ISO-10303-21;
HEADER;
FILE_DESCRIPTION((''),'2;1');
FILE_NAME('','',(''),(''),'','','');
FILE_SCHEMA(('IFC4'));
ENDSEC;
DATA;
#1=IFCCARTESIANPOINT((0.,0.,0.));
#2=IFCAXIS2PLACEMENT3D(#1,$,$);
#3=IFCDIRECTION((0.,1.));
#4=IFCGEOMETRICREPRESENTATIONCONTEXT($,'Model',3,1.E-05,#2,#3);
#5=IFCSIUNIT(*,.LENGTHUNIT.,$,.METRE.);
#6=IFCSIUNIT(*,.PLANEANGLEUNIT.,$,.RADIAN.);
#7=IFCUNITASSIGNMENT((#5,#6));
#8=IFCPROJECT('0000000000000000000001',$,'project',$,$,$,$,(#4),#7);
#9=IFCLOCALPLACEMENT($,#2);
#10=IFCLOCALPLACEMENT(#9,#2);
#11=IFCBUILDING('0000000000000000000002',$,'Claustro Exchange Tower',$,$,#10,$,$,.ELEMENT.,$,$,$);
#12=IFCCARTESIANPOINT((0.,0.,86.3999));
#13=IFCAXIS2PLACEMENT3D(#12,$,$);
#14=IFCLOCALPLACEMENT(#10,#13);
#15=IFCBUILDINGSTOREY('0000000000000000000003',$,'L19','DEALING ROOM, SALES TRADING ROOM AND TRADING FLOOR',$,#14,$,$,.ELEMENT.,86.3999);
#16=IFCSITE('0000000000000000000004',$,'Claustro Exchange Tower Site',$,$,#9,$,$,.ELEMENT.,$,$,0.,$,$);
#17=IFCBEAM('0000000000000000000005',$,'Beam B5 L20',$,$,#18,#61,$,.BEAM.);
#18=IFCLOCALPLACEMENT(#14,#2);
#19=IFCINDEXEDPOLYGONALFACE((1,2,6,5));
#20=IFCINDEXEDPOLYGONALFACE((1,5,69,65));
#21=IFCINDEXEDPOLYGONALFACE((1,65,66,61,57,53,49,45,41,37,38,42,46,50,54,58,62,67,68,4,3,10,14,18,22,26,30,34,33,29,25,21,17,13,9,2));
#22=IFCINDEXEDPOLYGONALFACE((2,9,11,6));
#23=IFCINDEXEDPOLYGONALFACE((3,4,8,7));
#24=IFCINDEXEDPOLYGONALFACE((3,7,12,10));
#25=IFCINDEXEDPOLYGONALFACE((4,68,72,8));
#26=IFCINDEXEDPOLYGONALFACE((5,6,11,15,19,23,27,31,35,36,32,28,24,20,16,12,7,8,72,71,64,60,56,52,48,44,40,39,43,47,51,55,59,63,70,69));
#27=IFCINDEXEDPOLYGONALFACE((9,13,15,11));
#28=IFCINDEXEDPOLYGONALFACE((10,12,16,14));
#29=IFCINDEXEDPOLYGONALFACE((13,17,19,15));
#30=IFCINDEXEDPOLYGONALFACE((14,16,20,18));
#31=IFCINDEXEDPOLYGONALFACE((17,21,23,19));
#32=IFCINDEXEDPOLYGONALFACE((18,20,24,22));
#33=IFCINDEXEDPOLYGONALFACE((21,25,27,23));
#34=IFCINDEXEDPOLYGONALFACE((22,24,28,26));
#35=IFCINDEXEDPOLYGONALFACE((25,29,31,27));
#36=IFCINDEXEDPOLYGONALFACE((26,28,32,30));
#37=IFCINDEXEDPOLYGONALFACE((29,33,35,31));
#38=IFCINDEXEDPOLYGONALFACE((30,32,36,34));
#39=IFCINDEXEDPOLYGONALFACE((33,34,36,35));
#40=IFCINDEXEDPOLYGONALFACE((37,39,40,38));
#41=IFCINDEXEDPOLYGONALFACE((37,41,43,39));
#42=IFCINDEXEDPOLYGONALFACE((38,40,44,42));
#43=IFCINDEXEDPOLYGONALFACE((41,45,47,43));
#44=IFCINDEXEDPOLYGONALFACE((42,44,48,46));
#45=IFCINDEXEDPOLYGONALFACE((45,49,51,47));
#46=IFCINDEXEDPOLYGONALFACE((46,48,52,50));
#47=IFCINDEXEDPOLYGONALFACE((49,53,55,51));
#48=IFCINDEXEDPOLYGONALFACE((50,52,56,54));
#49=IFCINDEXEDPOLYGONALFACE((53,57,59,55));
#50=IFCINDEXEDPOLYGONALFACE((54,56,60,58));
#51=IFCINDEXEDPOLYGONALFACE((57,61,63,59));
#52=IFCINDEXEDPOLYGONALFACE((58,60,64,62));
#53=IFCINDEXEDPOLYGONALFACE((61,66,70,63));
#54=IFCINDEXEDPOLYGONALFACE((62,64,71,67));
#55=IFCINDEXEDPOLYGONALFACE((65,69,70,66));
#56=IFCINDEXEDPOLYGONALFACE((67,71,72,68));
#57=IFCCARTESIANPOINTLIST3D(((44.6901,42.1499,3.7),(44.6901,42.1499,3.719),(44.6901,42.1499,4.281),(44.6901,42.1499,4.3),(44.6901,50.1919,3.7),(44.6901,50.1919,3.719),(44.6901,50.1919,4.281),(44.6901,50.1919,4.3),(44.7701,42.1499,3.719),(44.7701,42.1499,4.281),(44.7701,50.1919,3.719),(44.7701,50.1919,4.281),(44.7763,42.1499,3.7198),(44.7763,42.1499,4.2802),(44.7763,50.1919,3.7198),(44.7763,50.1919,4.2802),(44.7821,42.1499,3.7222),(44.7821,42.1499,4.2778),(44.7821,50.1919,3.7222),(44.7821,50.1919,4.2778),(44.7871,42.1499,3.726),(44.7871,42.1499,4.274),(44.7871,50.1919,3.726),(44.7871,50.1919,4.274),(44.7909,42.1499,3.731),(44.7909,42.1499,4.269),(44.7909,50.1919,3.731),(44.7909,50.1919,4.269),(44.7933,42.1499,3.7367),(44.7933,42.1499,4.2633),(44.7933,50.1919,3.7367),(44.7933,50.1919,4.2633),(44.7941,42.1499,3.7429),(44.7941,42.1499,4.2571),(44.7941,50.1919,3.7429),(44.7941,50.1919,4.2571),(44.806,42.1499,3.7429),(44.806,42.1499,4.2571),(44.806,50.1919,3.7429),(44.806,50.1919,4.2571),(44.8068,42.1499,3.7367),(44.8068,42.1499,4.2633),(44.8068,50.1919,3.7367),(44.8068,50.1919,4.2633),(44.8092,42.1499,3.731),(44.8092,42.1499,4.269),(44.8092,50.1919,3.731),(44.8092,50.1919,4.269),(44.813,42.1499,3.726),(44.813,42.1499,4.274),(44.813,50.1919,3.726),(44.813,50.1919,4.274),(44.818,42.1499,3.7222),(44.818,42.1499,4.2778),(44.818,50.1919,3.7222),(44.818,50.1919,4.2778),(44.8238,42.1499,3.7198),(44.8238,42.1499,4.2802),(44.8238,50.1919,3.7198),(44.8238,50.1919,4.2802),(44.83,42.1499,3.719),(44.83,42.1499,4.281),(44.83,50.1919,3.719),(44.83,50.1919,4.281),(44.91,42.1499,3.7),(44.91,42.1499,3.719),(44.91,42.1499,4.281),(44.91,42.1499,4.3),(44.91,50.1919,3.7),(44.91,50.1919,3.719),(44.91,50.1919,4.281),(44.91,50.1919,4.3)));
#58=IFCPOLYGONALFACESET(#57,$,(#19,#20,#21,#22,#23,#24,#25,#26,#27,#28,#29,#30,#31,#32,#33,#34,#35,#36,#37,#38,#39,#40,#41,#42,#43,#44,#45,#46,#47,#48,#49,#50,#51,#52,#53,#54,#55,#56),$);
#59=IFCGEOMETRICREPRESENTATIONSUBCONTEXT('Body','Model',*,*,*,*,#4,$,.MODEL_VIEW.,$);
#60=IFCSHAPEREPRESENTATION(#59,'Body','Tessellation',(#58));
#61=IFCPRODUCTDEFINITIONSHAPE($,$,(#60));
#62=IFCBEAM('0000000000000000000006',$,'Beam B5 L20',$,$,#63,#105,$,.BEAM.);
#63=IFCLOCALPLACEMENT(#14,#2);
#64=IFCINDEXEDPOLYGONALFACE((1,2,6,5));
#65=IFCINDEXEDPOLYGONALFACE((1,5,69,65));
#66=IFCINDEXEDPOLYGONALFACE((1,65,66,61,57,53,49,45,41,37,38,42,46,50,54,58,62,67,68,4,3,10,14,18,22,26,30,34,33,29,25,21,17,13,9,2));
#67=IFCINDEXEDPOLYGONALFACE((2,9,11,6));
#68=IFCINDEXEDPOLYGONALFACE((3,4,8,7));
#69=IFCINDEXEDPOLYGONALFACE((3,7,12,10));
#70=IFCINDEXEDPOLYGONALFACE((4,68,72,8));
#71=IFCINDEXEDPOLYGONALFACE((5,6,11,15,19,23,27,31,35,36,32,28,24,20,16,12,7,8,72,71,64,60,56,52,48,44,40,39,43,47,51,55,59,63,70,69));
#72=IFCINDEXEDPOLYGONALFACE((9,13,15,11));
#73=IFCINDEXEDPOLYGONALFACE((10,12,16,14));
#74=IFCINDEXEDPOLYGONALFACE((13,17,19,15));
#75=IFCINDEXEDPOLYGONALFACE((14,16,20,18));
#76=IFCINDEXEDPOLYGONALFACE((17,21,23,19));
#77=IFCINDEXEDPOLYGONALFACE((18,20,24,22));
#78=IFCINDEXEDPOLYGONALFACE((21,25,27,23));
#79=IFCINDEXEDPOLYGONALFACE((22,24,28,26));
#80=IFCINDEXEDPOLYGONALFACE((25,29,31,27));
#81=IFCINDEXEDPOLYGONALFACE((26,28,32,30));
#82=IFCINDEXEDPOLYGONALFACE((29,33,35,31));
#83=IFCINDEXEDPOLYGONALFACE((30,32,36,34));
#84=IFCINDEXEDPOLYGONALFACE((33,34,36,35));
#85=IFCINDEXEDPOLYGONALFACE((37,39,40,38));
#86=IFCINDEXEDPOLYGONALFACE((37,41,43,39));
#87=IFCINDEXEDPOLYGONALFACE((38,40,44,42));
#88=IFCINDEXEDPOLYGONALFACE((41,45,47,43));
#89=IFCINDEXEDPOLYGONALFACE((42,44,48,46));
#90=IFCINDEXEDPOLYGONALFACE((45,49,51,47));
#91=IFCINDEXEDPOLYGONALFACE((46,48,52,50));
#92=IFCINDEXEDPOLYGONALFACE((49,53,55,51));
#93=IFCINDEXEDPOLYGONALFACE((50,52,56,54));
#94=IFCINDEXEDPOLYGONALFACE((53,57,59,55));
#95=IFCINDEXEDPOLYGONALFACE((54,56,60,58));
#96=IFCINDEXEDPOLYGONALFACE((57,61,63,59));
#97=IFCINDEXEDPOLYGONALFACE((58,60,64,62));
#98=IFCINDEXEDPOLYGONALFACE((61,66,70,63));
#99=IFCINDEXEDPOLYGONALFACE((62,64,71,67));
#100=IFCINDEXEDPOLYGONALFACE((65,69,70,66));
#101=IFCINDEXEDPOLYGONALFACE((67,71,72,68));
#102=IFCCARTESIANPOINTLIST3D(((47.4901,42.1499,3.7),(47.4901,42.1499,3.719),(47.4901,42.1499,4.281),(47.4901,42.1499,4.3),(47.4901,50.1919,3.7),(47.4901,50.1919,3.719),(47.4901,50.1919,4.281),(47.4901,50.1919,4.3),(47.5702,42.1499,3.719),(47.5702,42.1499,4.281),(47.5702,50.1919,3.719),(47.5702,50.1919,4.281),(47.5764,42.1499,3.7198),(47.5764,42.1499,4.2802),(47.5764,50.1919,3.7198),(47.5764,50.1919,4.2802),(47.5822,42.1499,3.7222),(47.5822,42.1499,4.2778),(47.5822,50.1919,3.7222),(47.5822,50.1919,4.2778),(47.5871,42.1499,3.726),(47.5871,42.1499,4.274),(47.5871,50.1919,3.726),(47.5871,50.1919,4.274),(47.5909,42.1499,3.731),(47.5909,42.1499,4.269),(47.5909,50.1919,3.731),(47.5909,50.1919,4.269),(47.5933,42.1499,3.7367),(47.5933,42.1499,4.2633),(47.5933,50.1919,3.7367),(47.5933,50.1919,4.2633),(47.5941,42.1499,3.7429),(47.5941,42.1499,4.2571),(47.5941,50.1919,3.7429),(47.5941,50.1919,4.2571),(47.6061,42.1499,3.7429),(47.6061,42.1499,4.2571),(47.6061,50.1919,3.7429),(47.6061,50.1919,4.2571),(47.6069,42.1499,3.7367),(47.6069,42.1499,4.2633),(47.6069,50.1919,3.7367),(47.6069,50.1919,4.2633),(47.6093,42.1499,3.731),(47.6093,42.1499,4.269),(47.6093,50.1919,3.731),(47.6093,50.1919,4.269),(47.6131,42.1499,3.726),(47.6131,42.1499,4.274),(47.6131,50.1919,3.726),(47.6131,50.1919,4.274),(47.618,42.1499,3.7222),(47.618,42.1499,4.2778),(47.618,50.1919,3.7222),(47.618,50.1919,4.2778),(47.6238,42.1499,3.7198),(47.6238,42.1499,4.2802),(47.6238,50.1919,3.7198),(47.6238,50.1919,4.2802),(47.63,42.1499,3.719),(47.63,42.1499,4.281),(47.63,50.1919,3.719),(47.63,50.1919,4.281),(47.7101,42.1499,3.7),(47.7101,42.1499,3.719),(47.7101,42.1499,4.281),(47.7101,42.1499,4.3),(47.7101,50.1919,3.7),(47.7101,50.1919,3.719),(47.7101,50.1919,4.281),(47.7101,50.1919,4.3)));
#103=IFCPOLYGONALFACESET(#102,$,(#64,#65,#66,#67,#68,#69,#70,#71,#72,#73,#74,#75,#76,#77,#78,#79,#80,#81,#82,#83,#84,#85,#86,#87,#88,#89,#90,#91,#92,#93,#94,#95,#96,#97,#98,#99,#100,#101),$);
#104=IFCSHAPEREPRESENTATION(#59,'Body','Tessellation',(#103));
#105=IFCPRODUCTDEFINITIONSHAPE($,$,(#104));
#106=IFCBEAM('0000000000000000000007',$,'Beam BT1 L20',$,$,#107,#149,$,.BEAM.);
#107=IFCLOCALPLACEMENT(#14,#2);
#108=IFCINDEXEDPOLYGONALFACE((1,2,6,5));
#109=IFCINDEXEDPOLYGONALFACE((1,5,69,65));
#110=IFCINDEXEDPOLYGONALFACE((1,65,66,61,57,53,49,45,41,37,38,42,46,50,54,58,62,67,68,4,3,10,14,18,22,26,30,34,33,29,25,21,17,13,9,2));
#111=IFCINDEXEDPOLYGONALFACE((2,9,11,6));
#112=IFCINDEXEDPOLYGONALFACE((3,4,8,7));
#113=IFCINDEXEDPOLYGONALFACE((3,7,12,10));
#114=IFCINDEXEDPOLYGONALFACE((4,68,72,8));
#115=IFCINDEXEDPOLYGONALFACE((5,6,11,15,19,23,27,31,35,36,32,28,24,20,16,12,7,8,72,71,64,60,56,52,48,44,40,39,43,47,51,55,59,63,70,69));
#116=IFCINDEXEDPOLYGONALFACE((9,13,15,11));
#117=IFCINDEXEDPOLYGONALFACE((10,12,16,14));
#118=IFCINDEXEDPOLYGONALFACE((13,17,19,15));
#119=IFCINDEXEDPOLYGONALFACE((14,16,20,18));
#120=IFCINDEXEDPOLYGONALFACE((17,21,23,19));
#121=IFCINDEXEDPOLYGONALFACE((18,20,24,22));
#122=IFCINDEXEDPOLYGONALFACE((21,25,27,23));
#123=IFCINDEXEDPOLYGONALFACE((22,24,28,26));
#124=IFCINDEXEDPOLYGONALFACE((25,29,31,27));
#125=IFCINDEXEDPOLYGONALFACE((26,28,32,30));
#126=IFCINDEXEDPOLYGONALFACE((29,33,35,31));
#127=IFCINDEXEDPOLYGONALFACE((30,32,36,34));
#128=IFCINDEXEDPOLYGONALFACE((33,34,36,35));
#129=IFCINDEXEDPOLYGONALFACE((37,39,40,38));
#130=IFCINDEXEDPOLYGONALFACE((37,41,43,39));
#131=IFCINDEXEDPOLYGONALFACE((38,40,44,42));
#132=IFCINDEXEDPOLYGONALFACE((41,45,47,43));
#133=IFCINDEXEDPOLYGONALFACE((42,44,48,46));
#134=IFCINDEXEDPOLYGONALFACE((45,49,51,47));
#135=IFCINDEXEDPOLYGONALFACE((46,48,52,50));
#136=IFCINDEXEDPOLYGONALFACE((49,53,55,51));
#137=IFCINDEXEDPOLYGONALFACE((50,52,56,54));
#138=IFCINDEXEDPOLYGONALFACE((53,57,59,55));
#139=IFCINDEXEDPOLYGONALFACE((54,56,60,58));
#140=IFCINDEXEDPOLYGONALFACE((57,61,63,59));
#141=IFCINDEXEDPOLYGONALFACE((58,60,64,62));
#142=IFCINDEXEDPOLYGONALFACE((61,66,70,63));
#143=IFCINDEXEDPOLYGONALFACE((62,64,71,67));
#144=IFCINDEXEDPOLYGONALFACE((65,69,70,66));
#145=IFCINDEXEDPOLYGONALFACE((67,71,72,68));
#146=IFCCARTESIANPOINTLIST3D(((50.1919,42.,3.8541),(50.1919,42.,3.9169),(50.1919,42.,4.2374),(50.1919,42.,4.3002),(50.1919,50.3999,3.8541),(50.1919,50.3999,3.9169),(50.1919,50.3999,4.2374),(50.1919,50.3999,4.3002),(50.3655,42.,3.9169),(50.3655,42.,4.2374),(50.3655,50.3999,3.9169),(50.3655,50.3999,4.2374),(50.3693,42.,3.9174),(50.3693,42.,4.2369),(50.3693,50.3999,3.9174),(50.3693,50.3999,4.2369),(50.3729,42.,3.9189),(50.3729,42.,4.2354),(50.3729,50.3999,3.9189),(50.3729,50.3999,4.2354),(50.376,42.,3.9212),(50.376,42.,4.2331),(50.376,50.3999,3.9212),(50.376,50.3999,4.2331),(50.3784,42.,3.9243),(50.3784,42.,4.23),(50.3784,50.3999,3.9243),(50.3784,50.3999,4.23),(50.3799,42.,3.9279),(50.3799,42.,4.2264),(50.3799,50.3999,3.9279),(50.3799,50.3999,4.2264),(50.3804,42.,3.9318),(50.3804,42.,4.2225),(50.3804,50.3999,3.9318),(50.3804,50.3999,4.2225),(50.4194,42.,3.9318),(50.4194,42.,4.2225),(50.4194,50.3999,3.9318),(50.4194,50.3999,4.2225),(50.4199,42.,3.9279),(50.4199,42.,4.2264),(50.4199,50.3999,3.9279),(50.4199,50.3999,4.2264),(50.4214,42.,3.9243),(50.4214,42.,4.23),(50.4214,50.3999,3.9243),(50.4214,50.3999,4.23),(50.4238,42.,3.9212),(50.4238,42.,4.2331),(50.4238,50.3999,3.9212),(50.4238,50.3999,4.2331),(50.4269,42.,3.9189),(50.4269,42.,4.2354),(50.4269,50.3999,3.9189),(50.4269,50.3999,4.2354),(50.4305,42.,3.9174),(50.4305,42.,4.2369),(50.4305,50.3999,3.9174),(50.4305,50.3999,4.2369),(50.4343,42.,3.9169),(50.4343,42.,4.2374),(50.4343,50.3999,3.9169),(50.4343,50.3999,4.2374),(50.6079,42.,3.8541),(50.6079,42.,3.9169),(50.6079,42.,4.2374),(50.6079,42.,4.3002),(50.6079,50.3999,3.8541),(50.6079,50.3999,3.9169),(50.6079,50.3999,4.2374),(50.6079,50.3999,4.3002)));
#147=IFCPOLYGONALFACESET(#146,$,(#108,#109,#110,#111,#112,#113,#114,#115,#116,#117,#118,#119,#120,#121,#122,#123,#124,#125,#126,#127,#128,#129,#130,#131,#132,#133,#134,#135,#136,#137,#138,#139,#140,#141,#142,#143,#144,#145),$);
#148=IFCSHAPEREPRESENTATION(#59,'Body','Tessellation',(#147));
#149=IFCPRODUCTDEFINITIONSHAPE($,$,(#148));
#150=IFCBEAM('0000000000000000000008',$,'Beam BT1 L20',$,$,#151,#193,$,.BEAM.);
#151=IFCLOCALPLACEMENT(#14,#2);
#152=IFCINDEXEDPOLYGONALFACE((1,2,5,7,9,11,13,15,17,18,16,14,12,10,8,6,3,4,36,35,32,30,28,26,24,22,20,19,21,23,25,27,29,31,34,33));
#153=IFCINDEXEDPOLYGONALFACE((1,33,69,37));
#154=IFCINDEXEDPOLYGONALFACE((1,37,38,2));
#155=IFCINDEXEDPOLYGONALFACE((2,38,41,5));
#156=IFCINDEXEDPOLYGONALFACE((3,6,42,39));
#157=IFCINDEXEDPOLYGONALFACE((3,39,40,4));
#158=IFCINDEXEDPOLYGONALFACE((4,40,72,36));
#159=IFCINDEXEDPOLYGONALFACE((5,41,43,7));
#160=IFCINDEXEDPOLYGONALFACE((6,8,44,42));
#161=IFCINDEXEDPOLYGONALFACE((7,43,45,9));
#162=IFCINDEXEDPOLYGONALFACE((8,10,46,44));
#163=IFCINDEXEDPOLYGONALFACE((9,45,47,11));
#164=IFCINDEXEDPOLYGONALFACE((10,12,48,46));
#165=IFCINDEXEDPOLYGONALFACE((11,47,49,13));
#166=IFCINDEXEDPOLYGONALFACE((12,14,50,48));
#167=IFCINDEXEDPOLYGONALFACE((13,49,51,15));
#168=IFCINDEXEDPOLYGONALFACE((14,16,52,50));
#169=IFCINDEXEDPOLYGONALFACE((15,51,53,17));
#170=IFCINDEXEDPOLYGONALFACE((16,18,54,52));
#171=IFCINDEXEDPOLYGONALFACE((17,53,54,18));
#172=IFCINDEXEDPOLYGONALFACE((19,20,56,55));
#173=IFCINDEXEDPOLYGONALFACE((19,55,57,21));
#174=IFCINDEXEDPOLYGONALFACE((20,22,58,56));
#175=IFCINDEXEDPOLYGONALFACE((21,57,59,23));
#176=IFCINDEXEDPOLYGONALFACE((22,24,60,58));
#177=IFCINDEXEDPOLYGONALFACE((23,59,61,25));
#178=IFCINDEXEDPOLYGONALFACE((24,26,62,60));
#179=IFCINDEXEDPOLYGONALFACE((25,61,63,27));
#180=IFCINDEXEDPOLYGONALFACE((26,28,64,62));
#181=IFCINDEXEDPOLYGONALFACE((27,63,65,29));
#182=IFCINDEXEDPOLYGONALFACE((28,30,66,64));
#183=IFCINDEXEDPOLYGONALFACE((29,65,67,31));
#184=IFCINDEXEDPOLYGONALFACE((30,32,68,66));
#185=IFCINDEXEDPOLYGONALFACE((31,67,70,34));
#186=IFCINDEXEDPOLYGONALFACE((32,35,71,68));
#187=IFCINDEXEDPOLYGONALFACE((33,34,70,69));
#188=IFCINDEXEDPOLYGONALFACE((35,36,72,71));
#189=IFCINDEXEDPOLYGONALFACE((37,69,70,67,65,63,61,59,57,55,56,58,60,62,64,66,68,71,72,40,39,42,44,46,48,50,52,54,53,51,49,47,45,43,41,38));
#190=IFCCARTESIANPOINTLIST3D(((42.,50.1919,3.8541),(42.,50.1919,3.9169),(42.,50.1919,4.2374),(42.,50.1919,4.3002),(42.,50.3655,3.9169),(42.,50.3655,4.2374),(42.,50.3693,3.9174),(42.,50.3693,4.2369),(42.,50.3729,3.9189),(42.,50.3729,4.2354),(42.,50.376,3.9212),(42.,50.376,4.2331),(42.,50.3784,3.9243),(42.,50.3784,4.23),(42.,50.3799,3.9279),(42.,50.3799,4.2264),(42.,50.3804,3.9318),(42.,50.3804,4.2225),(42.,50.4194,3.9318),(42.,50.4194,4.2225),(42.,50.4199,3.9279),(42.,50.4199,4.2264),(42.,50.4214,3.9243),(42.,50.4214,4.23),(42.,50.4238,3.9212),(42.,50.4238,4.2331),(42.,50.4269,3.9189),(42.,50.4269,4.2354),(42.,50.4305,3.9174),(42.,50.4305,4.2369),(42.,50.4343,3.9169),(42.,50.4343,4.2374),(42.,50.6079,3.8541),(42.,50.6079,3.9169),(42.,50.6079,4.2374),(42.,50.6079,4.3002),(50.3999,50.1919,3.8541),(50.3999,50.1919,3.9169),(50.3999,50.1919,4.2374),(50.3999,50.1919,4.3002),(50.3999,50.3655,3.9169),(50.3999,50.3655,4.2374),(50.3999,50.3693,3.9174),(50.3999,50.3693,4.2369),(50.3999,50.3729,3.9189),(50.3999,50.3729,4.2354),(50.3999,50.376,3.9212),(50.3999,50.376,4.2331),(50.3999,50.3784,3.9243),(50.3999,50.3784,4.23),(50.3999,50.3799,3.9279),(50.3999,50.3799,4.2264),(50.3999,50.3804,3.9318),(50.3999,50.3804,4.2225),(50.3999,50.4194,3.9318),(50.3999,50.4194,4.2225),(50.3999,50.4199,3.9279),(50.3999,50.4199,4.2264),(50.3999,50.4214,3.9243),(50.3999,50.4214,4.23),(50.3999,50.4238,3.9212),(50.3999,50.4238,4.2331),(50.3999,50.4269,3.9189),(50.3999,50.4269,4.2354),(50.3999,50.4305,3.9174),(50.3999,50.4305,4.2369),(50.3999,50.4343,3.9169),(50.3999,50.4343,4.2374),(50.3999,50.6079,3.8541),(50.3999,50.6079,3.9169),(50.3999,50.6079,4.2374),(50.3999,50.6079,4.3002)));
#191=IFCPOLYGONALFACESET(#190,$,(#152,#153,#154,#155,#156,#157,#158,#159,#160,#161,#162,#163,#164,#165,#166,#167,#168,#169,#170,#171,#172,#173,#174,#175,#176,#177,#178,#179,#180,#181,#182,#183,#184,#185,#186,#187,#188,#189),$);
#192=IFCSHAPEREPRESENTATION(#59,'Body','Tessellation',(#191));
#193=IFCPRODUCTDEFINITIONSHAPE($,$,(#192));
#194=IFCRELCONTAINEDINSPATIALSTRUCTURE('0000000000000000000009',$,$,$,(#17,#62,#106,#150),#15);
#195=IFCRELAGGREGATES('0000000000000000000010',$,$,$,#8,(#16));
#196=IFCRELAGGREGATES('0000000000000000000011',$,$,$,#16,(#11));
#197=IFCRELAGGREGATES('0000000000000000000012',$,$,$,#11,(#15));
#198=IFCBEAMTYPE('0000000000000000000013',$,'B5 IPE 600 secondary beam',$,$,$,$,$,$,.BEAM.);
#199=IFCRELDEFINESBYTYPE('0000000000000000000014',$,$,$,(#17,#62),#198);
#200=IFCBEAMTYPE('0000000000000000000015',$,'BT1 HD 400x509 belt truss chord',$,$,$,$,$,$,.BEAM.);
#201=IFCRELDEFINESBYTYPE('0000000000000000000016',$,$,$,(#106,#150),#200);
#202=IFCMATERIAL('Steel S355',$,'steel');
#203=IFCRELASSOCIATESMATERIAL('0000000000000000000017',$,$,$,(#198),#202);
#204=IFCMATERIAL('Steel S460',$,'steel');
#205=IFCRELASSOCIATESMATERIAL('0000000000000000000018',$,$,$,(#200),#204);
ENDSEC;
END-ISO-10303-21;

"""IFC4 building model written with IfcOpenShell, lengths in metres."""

from ifc_helpers import new_model, si_unit, direction, frame, origin, origin_2d, place, context, subcontext, project, spatial, i_section, extrude, material, material_profile, profile_set, type_object, element, save


model = new_model("IFC4")

# Units and contexts
model_context = context("Model", 3, precision=1e-05, world=origin(), true_north=direction((0.0, 1.0)))
body_context = subcontext(model_context, "Body", "Model", "MODEL_VIEW")
ifc_project = project(units=[si_unit("LENGTHUNIT", "METRE"), si_unit("PLANEANGLEUNIT", "RADIAN")], contexts=[model_context])

# Site, building, storey
site_placement = place(None, origin())
site = spatial("IfcSite", under=ifc_project, at=site_placement, Name="Claustro Exchange Tower Site", CompositionType="ELEMENT", RefElevation=0.0)
building_placement = place(site_placement, origin())
building = spatial("IfcBuilding", under=site, at=building_placement, Name="Claustro Exchange Tower", CompositionType="ELEMENT")
storey_placement = place(building_placement, frame((0.0, 0.0, 86.3999)))
storey = spatial("IfcBuildingStorey", under=building, at=storey_placement, Name="L19", Description="DEALING ROOM, SALES TRADING ROOM AND TRADING FLOOR", CompositionType="ELEMENT", Elevation=86.3999)

# Beams
ifc_material_1 = material(Name="Steel S355", Category="steel")
ifc_material_profile_1 = material_profile(ifc_material_1, i_section(OverallWidth=0.22, OverallDepth=0.6001, WebThickness=0.012, FlangeThickness=0.019, FilletRadius=0.0239, at=origin_2d()), Name="IPE 600")
ifc_profile_set_1 = profile_set([ifc_material_profile_1], Name="Steel S355")
beam_type_1 = type_object("IfcBeamType", Name="B5 IPE 600 secondary beam", PredefinedType="BEAM", material=ifc_profile_set_1)
for number, where, z_axis, x_axis, name in (
    (1, (44.8, 42.1499, 4.0), (0.0, 1.0, 0.0), (-1.0, 0.0, 0.0), "Beam B5 L20"),
    (2, (47.6001, 42.1499, 4.0), (0.0, 1.0, 0.0), (-1.0, 0.0, 0.0), "Beam B5 L20"),
):
    element("IfcBeam", number, at=place(storey_placement, frame(where, z_axis=z_axis, x_axis=x_axis)), inside=storey, type_object=beam_type_1, Name=name, PredefinedType="BEAM", context=body_context, shape_type="SweptSolid", body=[
        extrude(i_section(OverallWidth=0.22, OverallDepth=0.6001, WebThickness=0.012, FlangeThickness=0.019, FilletRadius=0.0239, at=origin_2d()), origin(), (0.0, 0.0, 1.0), 8.042),
    ])
ifc_material_2 = material(Name="Steel S460", Category="steel")
ifc_material_profile_2 = material_profile(ifc_material_2, i_section(OverallWidth=0.416, OverallDepth=0.446, WebThickness=0.0391, FlangeThickness=0.0627, FilletRadius=0.0149, at=origin_2d()), Name="HD 400x509")
ifc_profile_set_2 = profile_set([ifc_material_profile_2], Name="Steel S460")
beam_type_2 = type_object("IfcBeamType", Name="BT1 HD 400x509 belt truss chord", PredefinedType="BEAM", material=ifc_profile_set_2)
for number, where, z_axis, x_axis, name in (
    (3, (50.3999, 42.0, 4.0771), (0.0, 1.0, 0.0), (-1.0, 0.0, 0.0), "Beam BT1 L20"),
    (4, (42.0, 50.3999, 4.0771), (1.0, 0.0, 0.0), (0.0, 1.0, 0.0), "Beam BT1 L20"),
):
    element("IfcBeam", number, at=place(storey_placement, frame(where, z_axis=z_axis, x_axis=x_axis)), inside=storey, type_object=beam_type_2, Name=name, PredefinedType="BEAM", context=body_context, shape_type="SweptSolid", body=[
        extrude(i_section(OverallWidth=0.416, OverallDepth=0.446, WebThickness=0.0391, FlangeThickness=0.0627, FilletRadius=0.0149, at=origin_2d()), origin(), (0.0, 0.0, 1.0), 8.3999),
    ])

save(model, "model.ifc")
